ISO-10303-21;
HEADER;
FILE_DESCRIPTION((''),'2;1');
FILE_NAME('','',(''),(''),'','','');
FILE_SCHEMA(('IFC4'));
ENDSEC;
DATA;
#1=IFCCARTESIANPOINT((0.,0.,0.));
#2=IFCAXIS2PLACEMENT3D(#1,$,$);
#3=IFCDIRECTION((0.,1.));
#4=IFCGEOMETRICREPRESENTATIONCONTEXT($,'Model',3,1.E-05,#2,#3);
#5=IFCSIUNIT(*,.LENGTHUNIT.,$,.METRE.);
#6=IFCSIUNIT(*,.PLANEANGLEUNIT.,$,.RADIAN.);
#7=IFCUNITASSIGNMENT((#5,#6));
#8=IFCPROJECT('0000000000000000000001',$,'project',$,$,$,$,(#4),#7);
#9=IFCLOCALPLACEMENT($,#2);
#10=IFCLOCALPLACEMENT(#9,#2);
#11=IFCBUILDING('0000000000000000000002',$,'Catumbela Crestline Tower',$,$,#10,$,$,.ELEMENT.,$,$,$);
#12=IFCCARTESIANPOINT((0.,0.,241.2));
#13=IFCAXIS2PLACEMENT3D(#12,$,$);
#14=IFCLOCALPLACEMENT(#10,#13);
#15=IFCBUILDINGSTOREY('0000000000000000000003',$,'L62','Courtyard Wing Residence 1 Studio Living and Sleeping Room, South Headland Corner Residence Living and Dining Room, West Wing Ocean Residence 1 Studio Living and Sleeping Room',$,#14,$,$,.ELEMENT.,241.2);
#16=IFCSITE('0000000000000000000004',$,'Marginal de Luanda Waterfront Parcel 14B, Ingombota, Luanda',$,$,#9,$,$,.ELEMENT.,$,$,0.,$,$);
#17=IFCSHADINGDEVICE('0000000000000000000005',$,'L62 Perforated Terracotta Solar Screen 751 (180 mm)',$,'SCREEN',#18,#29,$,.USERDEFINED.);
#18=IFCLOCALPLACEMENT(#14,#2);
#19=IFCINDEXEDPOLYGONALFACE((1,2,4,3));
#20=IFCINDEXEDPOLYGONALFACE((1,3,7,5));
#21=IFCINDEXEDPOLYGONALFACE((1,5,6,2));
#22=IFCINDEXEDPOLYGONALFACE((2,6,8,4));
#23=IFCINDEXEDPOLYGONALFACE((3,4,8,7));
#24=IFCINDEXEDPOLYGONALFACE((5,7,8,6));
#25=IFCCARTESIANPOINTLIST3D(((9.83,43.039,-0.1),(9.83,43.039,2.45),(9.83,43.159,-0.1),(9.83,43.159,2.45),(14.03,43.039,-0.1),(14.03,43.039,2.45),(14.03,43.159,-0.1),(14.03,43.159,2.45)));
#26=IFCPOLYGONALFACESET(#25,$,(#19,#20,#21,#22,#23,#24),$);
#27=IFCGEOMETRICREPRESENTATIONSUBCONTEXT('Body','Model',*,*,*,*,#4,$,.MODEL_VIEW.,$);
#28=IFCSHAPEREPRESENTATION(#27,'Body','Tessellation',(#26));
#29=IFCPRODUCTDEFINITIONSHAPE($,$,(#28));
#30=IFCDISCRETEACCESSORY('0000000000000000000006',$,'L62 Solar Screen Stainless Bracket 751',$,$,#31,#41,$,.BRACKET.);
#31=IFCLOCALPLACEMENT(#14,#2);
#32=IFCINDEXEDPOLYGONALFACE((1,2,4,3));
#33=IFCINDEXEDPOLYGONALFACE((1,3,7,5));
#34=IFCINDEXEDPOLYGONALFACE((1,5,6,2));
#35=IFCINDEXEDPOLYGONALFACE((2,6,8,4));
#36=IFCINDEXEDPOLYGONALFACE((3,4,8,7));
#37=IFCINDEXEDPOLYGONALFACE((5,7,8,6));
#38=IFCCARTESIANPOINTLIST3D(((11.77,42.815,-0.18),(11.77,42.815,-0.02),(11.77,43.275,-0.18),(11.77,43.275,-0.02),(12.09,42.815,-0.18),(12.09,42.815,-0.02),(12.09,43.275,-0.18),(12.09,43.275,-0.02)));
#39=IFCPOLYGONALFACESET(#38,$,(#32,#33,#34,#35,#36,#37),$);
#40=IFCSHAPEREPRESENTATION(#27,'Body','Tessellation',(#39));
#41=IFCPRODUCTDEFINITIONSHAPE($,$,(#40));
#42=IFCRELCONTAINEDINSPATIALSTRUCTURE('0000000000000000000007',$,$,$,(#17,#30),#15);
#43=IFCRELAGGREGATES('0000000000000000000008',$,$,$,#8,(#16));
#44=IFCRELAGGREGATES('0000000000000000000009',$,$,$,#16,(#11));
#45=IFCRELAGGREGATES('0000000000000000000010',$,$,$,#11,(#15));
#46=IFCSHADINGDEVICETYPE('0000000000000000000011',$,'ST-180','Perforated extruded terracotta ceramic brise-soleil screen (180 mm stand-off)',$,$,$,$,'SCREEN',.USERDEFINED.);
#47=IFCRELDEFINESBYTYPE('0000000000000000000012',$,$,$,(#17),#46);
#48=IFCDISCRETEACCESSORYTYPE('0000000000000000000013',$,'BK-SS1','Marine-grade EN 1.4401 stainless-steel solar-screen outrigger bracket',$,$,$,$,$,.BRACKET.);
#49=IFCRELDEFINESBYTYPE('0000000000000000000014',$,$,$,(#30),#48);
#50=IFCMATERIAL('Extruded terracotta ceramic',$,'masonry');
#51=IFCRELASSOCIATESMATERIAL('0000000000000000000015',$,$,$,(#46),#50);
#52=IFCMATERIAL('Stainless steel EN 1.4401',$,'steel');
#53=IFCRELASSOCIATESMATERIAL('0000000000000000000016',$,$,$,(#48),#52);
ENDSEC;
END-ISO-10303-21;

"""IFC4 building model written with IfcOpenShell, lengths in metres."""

from ifc_helpers import new_model, si_unit, direction, frame, origin, origin_2d, place, context, subcontext, project, spatial, rectangle, extrude, material, type_object, element, save


model = new_model("IFC4")

# Units and contexts
model_context = context("Model", 3, precision=1e-05, world=origin(), true_north=direction((0.0, 1.0)))
body_context = subcontext(model_context, "Body", "Model", "MODEL_VIEW")
ifc_project = project(units=[si_unit("LENGTHUNIT", "METRE"), si_unit("PLANEANGLEUNIT", "RADIAN")], contexts=[model_context])

# Site, building, storey
site_placement = place(None, origin())
site = spatial("IfcSite", under=ifc_project, at=site_placement, Name="Marginal de Luanda Waterfront Parcel 14B, Ingombota, Luanda", CompositionType="ELEMENT", RefElevation=0.0)
building_placement = place(site_placement, origin())
building = spatial("IfcBuilding", under=site, at=building_placement, Name="Catumbela Crestline Tower", CompositionType="ELEMENT")
storey_placement = place(building_placement, frame((0.0, 0.0, 241.2)))
storey = spatial("IfcBuildingStorey", under=building, at=storey_placement, Name="L62", Description="Courtyard Wing Residence 1 Studio Living and Sleeping Room, South Headland Corner Residence Living and Dining Room, West Wing Ocean Residence 1 Studio Living and Sleeping Room", CompositionType="ELEMENT", Elevation=241.2)

# Shared definitions
ifc_material_1 = material(Name="Stainless steel EN 1.4401", Category="steel")

# Shading device
ifc_material_2 = material(Name="Extruded terracotta ceramic", Category="masonry")
shading_device_type = type_object("IfcShadingDeviceType", Name="ST-180", Description="Perforated extruded terracotta ceramic brise-soleil screen (180 mm stand-off)", ElementType="SCREEN", PredefinedType="USERDEFINED", material=ifc_material_2)
shading_device_placement = place(storey_placement, frame((11.93, 43.099, -0.1), z_axis=(0.0, 0.0, 1.0), x_axis=(-1.0, 0.0, 0.0)))
element("IfcShadingDevice", 1, at=shading_device_placement, inside=storey, type_object=shading_device_type, Name="L62 Perforated Terracotta Solar Screen 751 (180 mm)", ObjectType="SCREEN", PredefinedType="USERDEFINED", context=body_context, shape_type="SweptSolid", body=[
    extrude(rectangle(XDim=4.2, YDim=0.12, at=origin_2d()), origin(), (0.0, 0.0, 1.0), 2.55),
])

# Discrete accessory
discrete_accessory_type = type_object("IfcDiscreteAccessoryType", Name="BK-SS1", Description="Marine-grade EN 1.4401 stainless-steel solar-screen outrigger bracket", PredefinedType="BRACKET", material=ifc_material_1)
discrete_accessory_placement = place(storey_placement, frame((11.93, 43.045, -0.18), z_axis=(0.0, 0.0, 1.0), x_axis=(-1.0, 0.0, 0.0)))
element("IfcDiscreteAccessory", 2, at=discrete_accessory_placement, inside=storey, type_object=discrete_accessory_type, Name="L62 Solar Screen Stainless Bracket 751", PredefinedType="BRACKET", context=body_context, shape_type="SweptSolid", body=[
    extrude(rectangle(XDim=0.32, YDim=0.46, at=origin_2d()), origin(), (0.0, 0.0, 1.0), 0.16),
])

save(model, "model.ifc")
